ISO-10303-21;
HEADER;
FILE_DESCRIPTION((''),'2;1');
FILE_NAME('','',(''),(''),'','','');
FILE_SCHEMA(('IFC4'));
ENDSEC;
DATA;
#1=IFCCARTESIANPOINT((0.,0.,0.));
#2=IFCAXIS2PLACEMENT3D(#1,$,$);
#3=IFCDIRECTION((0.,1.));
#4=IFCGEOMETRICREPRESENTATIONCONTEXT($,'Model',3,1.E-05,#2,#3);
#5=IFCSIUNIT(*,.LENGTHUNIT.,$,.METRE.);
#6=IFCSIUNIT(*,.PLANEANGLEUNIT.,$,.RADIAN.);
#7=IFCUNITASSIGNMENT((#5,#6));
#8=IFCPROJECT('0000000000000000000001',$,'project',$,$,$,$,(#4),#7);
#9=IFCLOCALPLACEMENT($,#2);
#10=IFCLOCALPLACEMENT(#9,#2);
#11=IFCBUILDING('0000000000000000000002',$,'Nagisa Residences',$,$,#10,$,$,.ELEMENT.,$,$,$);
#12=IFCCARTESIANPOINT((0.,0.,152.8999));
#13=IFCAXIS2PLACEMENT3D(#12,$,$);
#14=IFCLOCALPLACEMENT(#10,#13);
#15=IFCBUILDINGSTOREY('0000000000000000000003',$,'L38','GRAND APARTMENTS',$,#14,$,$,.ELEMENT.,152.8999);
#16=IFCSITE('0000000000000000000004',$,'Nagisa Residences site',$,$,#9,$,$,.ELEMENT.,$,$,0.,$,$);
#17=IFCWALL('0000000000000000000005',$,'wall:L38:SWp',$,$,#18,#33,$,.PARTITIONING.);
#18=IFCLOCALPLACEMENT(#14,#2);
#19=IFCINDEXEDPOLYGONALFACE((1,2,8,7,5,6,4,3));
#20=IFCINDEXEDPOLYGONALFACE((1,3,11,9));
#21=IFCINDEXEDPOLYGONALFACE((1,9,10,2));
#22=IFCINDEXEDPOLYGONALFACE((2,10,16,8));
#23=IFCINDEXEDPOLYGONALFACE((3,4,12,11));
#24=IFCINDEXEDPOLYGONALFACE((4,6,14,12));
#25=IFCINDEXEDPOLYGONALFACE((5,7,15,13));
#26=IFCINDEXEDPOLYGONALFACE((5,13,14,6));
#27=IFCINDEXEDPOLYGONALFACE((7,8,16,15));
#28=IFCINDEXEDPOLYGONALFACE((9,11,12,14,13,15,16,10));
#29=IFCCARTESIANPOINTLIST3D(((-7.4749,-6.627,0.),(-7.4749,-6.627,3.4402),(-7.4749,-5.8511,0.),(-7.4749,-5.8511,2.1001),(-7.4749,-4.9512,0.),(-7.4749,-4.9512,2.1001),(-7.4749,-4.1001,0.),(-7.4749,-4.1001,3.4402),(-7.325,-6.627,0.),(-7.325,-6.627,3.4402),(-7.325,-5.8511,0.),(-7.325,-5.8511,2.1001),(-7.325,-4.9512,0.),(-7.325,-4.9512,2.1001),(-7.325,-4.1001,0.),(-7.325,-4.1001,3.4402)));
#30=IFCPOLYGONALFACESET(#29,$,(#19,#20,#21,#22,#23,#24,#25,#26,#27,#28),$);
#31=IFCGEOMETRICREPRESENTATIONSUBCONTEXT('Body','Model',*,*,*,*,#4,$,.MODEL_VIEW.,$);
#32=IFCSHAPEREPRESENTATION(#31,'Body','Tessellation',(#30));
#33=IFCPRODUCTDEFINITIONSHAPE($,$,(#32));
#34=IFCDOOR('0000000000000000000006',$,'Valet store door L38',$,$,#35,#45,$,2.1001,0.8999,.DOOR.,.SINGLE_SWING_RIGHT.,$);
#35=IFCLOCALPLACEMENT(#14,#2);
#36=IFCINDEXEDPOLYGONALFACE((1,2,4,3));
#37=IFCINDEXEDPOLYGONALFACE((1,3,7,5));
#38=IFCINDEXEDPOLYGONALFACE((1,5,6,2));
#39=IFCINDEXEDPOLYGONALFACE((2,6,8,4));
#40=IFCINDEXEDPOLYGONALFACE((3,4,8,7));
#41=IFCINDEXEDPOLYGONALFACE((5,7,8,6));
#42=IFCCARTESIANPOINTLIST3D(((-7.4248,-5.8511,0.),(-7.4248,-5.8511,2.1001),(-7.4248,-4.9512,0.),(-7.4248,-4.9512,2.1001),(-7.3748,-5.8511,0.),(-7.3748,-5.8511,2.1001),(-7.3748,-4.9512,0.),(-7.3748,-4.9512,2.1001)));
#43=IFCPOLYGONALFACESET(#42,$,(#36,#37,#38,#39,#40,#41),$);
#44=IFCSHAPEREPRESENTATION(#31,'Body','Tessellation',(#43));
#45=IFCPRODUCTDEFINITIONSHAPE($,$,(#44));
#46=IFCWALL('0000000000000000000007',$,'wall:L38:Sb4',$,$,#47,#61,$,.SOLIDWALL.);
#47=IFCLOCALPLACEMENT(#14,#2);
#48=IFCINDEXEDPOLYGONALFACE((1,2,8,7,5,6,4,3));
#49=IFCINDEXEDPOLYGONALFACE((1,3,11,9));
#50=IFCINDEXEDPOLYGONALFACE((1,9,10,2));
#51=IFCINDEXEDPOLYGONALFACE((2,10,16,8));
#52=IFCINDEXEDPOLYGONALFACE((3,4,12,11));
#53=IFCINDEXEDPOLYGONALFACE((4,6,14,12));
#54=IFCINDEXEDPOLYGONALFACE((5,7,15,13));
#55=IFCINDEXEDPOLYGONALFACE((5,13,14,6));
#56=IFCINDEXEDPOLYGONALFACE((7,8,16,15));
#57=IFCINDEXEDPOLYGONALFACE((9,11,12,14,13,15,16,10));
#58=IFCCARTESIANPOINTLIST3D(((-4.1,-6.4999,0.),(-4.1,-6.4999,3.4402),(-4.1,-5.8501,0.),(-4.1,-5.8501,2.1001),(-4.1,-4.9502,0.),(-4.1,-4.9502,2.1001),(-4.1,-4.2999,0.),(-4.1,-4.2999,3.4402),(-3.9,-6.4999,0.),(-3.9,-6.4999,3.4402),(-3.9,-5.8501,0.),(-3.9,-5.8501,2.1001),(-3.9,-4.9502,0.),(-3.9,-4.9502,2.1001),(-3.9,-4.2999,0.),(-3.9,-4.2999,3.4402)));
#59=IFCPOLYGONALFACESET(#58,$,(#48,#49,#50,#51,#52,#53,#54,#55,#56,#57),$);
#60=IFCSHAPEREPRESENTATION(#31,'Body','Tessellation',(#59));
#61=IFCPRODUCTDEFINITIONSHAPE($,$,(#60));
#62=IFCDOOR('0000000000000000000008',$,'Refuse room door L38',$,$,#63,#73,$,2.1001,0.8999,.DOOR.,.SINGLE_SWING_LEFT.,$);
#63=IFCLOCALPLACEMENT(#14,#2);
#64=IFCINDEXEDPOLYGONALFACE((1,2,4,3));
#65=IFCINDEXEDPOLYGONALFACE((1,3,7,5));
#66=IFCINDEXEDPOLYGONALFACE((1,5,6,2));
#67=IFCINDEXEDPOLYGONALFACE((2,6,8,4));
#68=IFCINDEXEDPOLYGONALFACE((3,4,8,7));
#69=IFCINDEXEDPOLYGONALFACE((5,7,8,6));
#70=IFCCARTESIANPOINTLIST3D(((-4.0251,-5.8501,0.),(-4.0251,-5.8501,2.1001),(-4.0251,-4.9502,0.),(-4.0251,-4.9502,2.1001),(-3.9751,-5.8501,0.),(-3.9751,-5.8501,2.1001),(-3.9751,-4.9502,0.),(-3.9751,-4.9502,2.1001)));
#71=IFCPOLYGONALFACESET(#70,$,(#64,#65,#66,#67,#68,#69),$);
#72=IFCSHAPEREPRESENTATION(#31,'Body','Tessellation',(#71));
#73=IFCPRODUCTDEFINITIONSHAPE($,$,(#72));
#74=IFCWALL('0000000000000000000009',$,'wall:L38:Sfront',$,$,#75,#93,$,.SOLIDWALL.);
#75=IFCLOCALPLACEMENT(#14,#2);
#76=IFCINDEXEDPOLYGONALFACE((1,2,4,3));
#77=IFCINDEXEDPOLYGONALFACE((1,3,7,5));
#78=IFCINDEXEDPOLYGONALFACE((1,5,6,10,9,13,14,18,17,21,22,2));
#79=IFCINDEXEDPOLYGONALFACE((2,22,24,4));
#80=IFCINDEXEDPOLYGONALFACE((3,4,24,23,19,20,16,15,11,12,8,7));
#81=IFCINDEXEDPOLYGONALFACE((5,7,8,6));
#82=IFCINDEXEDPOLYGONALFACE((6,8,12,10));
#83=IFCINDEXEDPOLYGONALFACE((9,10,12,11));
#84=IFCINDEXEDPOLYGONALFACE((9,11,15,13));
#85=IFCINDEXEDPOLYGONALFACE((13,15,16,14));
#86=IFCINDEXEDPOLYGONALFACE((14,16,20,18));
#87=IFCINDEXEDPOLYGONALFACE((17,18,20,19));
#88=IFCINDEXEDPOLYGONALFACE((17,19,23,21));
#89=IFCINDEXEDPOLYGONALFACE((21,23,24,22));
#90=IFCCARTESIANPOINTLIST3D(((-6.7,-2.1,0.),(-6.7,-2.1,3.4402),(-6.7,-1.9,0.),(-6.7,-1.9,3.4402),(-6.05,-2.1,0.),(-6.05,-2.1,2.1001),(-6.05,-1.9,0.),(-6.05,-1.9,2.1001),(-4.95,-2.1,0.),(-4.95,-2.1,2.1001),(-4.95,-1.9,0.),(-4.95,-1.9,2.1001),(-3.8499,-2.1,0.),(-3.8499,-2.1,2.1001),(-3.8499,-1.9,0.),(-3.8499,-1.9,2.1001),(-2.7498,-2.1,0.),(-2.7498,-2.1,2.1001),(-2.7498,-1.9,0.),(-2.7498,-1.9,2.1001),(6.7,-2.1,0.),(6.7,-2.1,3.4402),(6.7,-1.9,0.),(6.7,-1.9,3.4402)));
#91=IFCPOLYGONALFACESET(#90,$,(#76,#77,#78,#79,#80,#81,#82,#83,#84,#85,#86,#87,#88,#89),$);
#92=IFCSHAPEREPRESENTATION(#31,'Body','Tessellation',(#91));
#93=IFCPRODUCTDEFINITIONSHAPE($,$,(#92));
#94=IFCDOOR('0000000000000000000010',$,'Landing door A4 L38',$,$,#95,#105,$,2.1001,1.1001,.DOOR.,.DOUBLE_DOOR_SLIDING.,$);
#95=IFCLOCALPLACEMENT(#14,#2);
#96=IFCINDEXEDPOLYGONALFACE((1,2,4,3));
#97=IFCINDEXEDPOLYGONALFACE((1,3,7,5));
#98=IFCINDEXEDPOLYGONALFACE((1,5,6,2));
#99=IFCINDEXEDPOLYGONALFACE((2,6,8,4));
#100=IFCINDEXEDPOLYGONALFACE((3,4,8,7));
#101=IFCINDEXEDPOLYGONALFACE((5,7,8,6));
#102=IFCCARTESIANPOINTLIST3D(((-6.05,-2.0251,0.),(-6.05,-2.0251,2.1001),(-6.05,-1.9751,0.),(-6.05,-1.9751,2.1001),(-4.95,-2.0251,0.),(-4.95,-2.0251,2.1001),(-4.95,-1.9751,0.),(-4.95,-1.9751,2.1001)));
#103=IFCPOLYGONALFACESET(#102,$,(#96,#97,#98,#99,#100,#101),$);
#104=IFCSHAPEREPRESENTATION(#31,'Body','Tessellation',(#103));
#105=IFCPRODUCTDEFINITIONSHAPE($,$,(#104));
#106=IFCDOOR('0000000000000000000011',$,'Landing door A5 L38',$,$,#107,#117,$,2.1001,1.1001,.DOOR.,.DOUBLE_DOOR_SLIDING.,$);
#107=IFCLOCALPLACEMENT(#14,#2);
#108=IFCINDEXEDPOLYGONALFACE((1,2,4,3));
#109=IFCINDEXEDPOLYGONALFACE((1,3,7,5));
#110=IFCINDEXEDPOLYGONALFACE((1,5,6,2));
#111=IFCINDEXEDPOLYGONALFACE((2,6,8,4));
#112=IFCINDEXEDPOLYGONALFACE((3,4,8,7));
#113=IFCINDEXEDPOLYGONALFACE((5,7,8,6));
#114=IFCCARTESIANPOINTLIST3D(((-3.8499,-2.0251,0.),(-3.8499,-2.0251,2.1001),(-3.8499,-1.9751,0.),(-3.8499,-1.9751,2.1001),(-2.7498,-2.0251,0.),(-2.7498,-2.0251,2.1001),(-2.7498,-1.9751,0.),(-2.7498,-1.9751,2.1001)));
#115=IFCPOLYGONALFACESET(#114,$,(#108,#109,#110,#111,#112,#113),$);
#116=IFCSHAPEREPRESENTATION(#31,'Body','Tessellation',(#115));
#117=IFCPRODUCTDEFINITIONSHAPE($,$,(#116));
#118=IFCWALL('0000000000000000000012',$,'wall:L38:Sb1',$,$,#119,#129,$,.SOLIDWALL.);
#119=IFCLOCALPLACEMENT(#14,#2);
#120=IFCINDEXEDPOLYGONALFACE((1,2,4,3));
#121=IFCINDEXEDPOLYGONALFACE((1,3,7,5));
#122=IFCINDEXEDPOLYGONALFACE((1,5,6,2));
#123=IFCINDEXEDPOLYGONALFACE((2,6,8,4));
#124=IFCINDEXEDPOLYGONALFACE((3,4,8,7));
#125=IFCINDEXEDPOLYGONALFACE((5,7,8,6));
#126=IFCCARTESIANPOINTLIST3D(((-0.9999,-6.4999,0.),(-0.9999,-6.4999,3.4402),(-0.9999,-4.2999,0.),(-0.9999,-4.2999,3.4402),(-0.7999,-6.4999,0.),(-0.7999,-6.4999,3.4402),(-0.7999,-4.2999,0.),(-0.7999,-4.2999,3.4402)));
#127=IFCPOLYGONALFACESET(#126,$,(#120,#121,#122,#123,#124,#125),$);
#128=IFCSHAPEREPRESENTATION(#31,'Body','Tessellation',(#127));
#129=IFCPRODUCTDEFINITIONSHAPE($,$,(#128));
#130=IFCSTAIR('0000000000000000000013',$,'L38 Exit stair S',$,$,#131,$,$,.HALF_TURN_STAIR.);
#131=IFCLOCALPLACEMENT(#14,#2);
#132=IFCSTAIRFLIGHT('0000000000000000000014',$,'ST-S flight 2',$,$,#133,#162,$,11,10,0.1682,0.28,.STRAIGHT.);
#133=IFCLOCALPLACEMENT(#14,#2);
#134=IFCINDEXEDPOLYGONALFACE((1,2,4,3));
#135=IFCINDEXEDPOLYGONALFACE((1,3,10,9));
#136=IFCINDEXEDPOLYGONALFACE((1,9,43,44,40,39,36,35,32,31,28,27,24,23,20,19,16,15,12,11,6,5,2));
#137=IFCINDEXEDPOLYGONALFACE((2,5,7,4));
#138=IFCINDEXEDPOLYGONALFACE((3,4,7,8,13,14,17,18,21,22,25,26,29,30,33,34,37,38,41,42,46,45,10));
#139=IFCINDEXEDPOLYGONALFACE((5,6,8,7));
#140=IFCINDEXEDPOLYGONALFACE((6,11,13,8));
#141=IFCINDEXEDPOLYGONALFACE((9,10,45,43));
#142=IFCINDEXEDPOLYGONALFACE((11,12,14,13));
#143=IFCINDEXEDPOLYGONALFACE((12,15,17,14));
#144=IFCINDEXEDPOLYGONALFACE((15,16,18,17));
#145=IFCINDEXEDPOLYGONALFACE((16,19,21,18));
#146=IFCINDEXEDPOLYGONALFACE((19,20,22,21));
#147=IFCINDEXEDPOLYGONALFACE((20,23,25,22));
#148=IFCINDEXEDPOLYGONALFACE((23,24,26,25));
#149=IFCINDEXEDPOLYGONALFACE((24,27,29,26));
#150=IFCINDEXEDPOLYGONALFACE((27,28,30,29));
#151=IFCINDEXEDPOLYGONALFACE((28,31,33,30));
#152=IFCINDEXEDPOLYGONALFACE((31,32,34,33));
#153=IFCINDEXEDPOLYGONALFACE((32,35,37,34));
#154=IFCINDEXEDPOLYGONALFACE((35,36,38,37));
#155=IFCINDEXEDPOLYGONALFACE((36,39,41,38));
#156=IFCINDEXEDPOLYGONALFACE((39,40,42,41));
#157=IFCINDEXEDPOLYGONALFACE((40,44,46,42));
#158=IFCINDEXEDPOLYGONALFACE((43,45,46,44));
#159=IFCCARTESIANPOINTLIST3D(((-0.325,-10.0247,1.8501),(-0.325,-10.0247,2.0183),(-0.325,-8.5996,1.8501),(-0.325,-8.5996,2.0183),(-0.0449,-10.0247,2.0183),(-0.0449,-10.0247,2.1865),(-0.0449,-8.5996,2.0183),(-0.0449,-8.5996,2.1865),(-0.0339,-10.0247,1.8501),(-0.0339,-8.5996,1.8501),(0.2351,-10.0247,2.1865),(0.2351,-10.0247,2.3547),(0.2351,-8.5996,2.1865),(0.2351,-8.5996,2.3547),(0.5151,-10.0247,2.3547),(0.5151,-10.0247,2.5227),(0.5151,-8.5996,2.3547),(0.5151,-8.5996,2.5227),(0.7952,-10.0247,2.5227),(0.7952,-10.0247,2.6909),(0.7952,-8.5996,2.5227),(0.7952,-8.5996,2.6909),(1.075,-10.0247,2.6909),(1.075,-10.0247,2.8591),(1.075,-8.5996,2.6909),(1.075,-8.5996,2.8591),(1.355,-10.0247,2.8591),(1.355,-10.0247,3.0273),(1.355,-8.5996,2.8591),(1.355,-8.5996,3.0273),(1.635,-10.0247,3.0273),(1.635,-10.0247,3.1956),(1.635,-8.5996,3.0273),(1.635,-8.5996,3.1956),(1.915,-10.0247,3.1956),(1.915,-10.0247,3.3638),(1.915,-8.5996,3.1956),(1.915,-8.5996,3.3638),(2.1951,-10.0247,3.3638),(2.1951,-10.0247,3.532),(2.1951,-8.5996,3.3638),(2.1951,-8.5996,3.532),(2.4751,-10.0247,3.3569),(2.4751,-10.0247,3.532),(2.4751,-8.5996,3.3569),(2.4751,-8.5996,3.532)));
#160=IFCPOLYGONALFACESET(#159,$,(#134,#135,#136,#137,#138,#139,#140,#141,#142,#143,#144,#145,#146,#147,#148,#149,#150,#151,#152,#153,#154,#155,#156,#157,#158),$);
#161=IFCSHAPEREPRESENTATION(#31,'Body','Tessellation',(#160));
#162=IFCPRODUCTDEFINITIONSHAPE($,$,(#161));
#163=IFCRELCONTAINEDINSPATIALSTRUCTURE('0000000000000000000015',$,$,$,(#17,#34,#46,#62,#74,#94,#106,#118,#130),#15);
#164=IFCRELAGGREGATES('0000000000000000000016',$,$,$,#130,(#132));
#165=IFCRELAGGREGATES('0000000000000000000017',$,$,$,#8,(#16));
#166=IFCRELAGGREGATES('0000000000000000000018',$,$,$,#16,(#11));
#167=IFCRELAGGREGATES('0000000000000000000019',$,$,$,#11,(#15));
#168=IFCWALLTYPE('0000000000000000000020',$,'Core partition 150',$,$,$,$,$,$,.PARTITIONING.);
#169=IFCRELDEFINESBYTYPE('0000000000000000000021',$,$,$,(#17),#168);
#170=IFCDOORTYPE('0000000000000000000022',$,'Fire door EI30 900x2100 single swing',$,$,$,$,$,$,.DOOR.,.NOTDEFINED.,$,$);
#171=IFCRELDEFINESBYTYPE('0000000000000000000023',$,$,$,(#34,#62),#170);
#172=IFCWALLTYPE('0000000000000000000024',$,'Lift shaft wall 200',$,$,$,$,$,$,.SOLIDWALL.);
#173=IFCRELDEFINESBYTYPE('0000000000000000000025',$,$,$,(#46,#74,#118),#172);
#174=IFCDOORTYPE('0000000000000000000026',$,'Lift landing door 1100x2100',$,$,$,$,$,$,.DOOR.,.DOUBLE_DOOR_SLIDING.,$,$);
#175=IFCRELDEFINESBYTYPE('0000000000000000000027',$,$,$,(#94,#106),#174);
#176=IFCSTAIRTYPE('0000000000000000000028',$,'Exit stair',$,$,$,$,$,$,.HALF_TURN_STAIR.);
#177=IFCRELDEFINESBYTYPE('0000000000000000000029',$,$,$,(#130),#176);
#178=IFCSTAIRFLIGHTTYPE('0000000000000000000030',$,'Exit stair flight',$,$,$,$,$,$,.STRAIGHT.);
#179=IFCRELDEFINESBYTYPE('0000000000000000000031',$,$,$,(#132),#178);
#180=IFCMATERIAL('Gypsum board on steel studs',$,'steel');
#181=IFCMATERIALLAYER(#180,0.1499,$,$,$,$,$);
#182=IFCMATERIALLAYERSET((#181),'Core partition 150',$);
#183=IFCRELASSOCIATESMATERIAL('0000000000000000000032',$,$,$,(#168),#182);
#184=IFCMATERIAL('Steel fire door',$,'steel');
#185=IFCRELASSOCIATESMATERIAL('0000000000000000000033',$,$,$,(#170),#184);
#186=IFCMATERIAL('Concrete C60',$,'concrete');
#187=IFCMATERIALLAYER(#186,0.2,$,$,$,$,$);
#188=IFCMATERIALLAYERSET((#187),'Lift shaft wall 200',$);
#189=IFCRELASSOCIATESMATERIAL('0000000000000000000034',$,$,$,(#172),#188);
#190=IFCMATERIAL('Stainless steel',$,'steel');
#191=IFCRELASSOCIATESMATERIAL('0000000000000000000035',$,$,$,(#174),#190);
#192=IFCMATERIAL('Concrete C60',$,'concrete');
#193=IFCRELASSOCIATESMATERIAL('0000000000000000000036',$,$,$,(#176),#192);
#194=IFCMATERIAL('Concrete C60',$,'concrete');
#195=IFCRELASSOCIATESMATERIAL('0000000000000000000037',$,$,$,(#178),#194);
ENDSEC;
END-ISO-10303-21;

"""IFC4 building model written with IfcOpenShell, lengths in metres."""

from ifc_helpers import new_model, si_unit, direction, frame, frame_2d, origin, place, context, subcontext, project, spatial, polyline, rectangle, outline, extrude, material, layer, layer_set, type_object, element, fill, aggregate, save


model = new_model("IFC4")

# Units and contexts
model_context = context("Model", 3, precision=1e-05, world=origin(), true_north=direction((0.0, 1.0)))
body_context = subcontext(model_context, "Body", "Model", "MODEL_VIEW")
ifc_project = project(units=[si_unit("LENGTHUNIT", "METRE"), si_unit("PLANEANGLEUNIT", "RADIAN")], contexts=[model_context])

# Site, building, storey
site_placement = place(None, origin())
site = spatial("IfcSite", under=ifc_project, at=site_placement, Name="Nagisa Residences site", CompositionType="ELEMENT", RefElevation=0.0)
building_placement = place(site_placement, origin())
building = spatial("IfcBuilding", under=site, at=building_placement, Name="Nagisa Residences", CompositionType="ELEMENT")
storey_placement = place(building_placement, frame((0.0, 0.0, 152.8999)))
storey = spatial("IfcBuildingStorey", under=building, at=storey_placement, Name="L38", Description="GRAND APARTMENTS", CompositionType="ELEMENT", Elevation=152.8999)

# Walls, openings, doors
ifc_material_1 = material(Name="Gypsum board on steel studs", Category="steel")
ifc_layer_1 = layer(ifc_material_1, 0.1499)
ifc_layer_set_1 = layer_set([ifc_layer_1], Name="Core partition 150")
wall_type_1 = type_object("IfcWallType", Name="Core partition 150", PredefinedType="PARTITIONING", material=ifc_layer_set_1)
wall_1_placement = place(storey_placement, frame((-7.3999, -6.627, 0.0), z_axis=(0.0, 0.0, 1.0), x_axis=(0.0, 1.0, 0.0)))
wall_1 = element("IfcWall", 1, at=wall_1_placement, inside=storey, type_object=wall_type_1, Name="wall:L38:SWp", PredefinedType="PARTITIONING", context=body_context, shape_type="SweptSolid", body=[
    extrude(rectangle(XDim=2.5269, YDim=0.1499, at=frame_2d((1.2634, 0.0))), origin(), (0.0, 0.0, 1.0), 3.4402),
])
opening_1_placement = place(wall_1_placement, frame((0.7759, 0.0, 0.0)))
opening_1 = element("IfcOpeningElement", 2, at=opening_1_placement, cuts=wall_1, PredefinedType="OPENING", context=body_context, shape_type="SweptSolid", body=[
    extrude(rectangle(XDim=0.8999, YDim=2.1001, at=frame_2d((0.45, 1.05))), frame((0.0, 0.085, 0.0), z_axis=(0.0, -1.0, 0.0), x_axis=(1.0, 0.0, 0.0)), (0.0, 0.0, 1.0), 0.1699),
])
ifc_material_2 = material(Name="Steel fire door", Category="steel")
door_type_1 = type_object("IfcDoorType", Name="Fire door EI30 900x2100 single swing", OperationType="NOTDEFINED", PredefinedType="DOOR", material=ifc_material_2)
door_1_placement = place(opening_1_placement, origin())
door_1 = element("IfcDoor", 3, at=door_1_placement, inside=storey, type_object=door_type_1, Name="Valet store door L38", OperationType="SINGLE_SWING_RIGHT", OverallHeight=2.1001, OverallWidth=0.8999, PredefinedType="DOOR", context=body_context, shape_type="SweptSolid", body=[
    extrude(rectangle(XDim=0.8999, YDim=2.1001, at=frame_2d((0.45, 1.05))), frame((0.0, 0.0249, 0.0), z_axis=(0.0, -1.0, 0.0), x_axis=(1.0, 0.0, 0.0)), (0.0, 0.0, 1.0), 0.05),
])
fill(opening_1, door_1)
ifc_material_3 = material(Name="Concrete C60", Category="concrete")
ifc_layer_2 = layer(ifc_material_3, 0.2)
ifc_layer_set_2 = layer_set([ifc_layer_2], Name="Lift shaft wall 200")
wall_type_2 = type_object("IfcWallType", Name="Lift shaft wall 200", PredefinedType="SOLIDWALL", material=ifc_layer_set_2)
wall_2_placement = place(storey_placement, frame((-4.0, -6.5, 0.0), z_axis=(0.0, 0.0, 1.0), x_axis=(0.0, 1.0, 0.0)))
wall_2 = element("IfcWall", 4, at=wall_2_placement, inside=storey, type_object=wall_type_2, Name="wall:L38:Sb4", PredefinedType="SOLIDWALL", context=body_context, shape_type="SweptSolid", body=[
    extrude(rectangle(XDim=2.2, YDim=0.2, at=frame_2d((1.1001, 0.0))), origin(), (0.0, 0.0, 1.0), 3.4402),
])
opening_2_placement = place(wall_2_placement, frame((0.6499, 0.0, 0.0)))
opening_2 = element("IfcOpeningElement", 5, at=opening_2_placement, cuts=wall_2, PredefinedType="OPENING", context=body_context, shape_type="SweptSolid", body=[
    extrude(rectangle(XDim=0.8999, YDim=2.1001, at=frame_2d((0.45, 1.05))), frame((0.0, 0.1099, 0.0), z_axis=(0.0, -1.0, 0.0), x_axis=(1.0, 0.0, 0.0)), (0.0, 0.0, 1.0), 0.22),
])
door_2_placement = place(opening_2_placement, frame((0.8999, 0.0, 0.0), x_axis=(-1.0, 0.0, 0.0)))
door_2 = element("IfcDoor", 6, at=door_2_placement, inside=storey, type_object=door_type_1, Name="Refuse room door L38", OperationType="SINGLE_SWING_LEFT", OverallHeight=2.1001, OverallWidth=0.8999, PredefinedType="DOOR", context=body_context, shape_type="SweptSolid", body=[
    extrude(rectangle(XDim=0.8999, YDim=2.1001, at=frame_2d((0.45, 1.05))), frame((0.0, 0.0249, 0.0), z_axis=(0.0, -1.0, 0.0), x_axis=(1.0, 0.0, 0.0)), (0.0, 0.0, 1.0), 0.05),
])
fill(opening_2, door_2)

# Wall, openings, doors
wall_3_placement = place(storey_placement, frame((-6.7, -2.0, 0.0), z_axis=(0.0, 0.0, 1.0), x_axis=(1.0, 0.0, 0.0)))
wall_3 = element("IfcWall", 7, at=wall_3_placement, inside=storey, type_object=wall_type_2, Name="wall:L38:Sfront", PredefinedType="SOLIDWALL", context=body_context, shape_type="SweptSolid", body=[
    extrude(rectangle(XDim=13.3999, YDim=0.2, at=frame_2d((6.7, 0.0))), origin(), (0.0, 0.0, 1.0), 3.4402),
])
opening_3_placement = place(wall_3_placement, frame((0.6499, 0.0, 0.0)))
opening_3 = element("IfcOpeningElement", 8, at=opening_3_placement, cuts=wall_3, PredefinedType="OPENING", context=body_context, shape_type="SweptSolid", body=[
    extrude(rectangle(XDim=1.1001, YDim=2.1001, at=frame_2d((0.55, 1.05))), frame((0.0, 0.1099, 0.0), z_axis=(0.0, -1.0, 0.0), x_axis=(1.0, 0.0, 0.0)), (0.0, 0.0, 1.0), 0.22),
])
opening_4_placement = place(wall_3_placement, frame((2.8501, 0.0, 0.0)))
opening_4 = element("IfcOpeningElement", 9, at=opening_4_placement, cuts=wall_3, PredefinedType="OPENING", context=body_context, shape_type="SweptSolid", body=[
    extrude(rectangle(XDim=1.1001, YDim=2.1001, at=frame_2d((0.55, 1.05))), frame((0.0, 0.1099, 0.0), z_axis=(0.0, -1.0, 0.0), x_axis=(1.0, 0.0, 0.0)), (0.0, 0.0, 1.0), 0.22),
])
ifc_material_4 = material(Name="Stainless steel", Category="steel")
door_type_2 = type_object("IfcDoorType", Name="Lift landing door 1100x2100", OperationType="DOUBLE_DOOR_SLIDING", PredefinedType="DOOR", material=ifc_material_4)
door_3_placement = place(opening_3_placement, origin())
door_3 = element("IfcDoor", 10, at=door_3_placement, inside=storey, type_object=door_type_2, Name="Landing door A4 L38", OperationType="DOUBLE_DOOR_SLIDING", OverallHeight=2.1001, OverallWidth=1.1001, PredefinedType="DOOR", context=body_context, shape_type="SweptSolid", body=[
    extrude(rectangle(XDim=1.1001, YDim=2.1001, at=frame_2d((0.55, 1.05))), frame((0.0, 0.0249, 0.0), z_axis=(0.0, -1.0, 0.0), x_axis=(1.0, 0.0, 0.0)), (0.0, 0.0, 1.0), 0.05),
])
fill(opening_3, door_3)
door_4_placement = place(opening_4_placement, origin())
door_4 = element("IfcDoor", 11, at=door_4_placement, inside=storey, type_object=door_type_2, Name="Landing door A5 L38", OperationType="DOUBLE_DOOR_SLIDING", OverallHeight=2.1001, OverallWidth=1.1001, PredefinedType="DOOR", context=body_context, shape_type="SweptSolid", body=[
    extrude(rectangle(XDim=1.1001, YDim=2.1001, at=frame_2d((0.55, 1.05))), frame((0.0, 0.0249, 0.0), z_axis=(0.0, -1.0, 0.0), x_axis=(1.0, 0.0, 0.0)), (0.0, 0.0, 1.0), 0.05),
])
fill(opening_4, door_4)

# Wall
wall_4_placement = place(storey_placement, frame((-0.8999, -6.5, 0.0), z_axis=(0.0, 0.0, 1.0), x_axis=(0.0, 1.0, 0.0)))
element("IfcWall", 12, at=wall_4_placement, inside=storey, type_object=wall_type_2, Name="wall:L38:Sb1", PredefinedType="SOLIDWALL", context=body_context, shape_type="SweptSolid", body=[
    extrude(rectangle(XDim=2.2, YDim=0.2, at=frame_2d((1.1001, 0.0))), origin(), (0.0, 0.0, 1.0), 3.4402),
])

# Stair, stair flight
ifc_material_5 = material(Name="Concrete C60", Category="concrete")
stair_type = type_object("IfcStairType", Name="Exit stair", PredefinedType="HALF_TURN_STAIR", material=ifc_material_5)
stair_placement = place(storey_placement, origin())
stair = element("IfcStair", 13, at=stair_placement, inside=storey, type_object=stair_type, Name="L38 Exit stair S", PredefinedType="HALF_TURN_STAIR")
ifc_material_6 = material(Name="Concrete C60", Category="concrete")
stair_flight_type = type_object("IfcStairFlightType", Name="Exit stair flight", PredefinedType="STRAIGHT", material=ifc_material_6)
stair_flight_placement = place(storey_placement, frame((-0.325, -9.312, 1.8501), z_axis=(0.0, 0.0, 1.0), x_axis=(1.0, 0.0, 0.0)))
stair_flight = element("IfcStairFlight", 14, at=stair_flight_placement, type_object=stair_flight_type, Name="ST-S flight 2", NumberOfRisers=11, NumberOfTreads=10, PredefinedType="STRAIGHT", RiserHeight=0.1682, TreadLength=0.28, context=body_context, shape_type="SweptSolid", body=[
    extrude(outline(polyline([(0.0, 0.0), (0.0, 0.1682), (0.28, 0.1682), (0.28, 0.3364), (0.5601, 0.3364), (0.5601, 0.5046), (0.8401, 0.5046), (0.8401, 0.6726), (1.1201, 0.6726), (1.1201, 0.8408), (1.3999, 0.8408), (1.3999, 1.009), (1.6799, 1.009), (1.6799, 1.1772), (1.96, 1.1772), (1.96, 1.3455), (2.24, 1.3455), (2.24, 1.5137), (2.52, 1.5137), (2.52, 1.6819), (2.8, 1.6819), (2.8, 1.8501), (2.8, 1.5068), (0.291, 0.0), (0.0, 0.0)])), frame((0.0, 0.7124, 0.0), z_axis=(0.0, -1.0, 0.0), x_axis=(1.0, 0.0, 0.0)), (0.0, 0.0, 1.0), 1.425),
])
aggregate(stair, [stair_flight])

save(model, "model.ifc")
